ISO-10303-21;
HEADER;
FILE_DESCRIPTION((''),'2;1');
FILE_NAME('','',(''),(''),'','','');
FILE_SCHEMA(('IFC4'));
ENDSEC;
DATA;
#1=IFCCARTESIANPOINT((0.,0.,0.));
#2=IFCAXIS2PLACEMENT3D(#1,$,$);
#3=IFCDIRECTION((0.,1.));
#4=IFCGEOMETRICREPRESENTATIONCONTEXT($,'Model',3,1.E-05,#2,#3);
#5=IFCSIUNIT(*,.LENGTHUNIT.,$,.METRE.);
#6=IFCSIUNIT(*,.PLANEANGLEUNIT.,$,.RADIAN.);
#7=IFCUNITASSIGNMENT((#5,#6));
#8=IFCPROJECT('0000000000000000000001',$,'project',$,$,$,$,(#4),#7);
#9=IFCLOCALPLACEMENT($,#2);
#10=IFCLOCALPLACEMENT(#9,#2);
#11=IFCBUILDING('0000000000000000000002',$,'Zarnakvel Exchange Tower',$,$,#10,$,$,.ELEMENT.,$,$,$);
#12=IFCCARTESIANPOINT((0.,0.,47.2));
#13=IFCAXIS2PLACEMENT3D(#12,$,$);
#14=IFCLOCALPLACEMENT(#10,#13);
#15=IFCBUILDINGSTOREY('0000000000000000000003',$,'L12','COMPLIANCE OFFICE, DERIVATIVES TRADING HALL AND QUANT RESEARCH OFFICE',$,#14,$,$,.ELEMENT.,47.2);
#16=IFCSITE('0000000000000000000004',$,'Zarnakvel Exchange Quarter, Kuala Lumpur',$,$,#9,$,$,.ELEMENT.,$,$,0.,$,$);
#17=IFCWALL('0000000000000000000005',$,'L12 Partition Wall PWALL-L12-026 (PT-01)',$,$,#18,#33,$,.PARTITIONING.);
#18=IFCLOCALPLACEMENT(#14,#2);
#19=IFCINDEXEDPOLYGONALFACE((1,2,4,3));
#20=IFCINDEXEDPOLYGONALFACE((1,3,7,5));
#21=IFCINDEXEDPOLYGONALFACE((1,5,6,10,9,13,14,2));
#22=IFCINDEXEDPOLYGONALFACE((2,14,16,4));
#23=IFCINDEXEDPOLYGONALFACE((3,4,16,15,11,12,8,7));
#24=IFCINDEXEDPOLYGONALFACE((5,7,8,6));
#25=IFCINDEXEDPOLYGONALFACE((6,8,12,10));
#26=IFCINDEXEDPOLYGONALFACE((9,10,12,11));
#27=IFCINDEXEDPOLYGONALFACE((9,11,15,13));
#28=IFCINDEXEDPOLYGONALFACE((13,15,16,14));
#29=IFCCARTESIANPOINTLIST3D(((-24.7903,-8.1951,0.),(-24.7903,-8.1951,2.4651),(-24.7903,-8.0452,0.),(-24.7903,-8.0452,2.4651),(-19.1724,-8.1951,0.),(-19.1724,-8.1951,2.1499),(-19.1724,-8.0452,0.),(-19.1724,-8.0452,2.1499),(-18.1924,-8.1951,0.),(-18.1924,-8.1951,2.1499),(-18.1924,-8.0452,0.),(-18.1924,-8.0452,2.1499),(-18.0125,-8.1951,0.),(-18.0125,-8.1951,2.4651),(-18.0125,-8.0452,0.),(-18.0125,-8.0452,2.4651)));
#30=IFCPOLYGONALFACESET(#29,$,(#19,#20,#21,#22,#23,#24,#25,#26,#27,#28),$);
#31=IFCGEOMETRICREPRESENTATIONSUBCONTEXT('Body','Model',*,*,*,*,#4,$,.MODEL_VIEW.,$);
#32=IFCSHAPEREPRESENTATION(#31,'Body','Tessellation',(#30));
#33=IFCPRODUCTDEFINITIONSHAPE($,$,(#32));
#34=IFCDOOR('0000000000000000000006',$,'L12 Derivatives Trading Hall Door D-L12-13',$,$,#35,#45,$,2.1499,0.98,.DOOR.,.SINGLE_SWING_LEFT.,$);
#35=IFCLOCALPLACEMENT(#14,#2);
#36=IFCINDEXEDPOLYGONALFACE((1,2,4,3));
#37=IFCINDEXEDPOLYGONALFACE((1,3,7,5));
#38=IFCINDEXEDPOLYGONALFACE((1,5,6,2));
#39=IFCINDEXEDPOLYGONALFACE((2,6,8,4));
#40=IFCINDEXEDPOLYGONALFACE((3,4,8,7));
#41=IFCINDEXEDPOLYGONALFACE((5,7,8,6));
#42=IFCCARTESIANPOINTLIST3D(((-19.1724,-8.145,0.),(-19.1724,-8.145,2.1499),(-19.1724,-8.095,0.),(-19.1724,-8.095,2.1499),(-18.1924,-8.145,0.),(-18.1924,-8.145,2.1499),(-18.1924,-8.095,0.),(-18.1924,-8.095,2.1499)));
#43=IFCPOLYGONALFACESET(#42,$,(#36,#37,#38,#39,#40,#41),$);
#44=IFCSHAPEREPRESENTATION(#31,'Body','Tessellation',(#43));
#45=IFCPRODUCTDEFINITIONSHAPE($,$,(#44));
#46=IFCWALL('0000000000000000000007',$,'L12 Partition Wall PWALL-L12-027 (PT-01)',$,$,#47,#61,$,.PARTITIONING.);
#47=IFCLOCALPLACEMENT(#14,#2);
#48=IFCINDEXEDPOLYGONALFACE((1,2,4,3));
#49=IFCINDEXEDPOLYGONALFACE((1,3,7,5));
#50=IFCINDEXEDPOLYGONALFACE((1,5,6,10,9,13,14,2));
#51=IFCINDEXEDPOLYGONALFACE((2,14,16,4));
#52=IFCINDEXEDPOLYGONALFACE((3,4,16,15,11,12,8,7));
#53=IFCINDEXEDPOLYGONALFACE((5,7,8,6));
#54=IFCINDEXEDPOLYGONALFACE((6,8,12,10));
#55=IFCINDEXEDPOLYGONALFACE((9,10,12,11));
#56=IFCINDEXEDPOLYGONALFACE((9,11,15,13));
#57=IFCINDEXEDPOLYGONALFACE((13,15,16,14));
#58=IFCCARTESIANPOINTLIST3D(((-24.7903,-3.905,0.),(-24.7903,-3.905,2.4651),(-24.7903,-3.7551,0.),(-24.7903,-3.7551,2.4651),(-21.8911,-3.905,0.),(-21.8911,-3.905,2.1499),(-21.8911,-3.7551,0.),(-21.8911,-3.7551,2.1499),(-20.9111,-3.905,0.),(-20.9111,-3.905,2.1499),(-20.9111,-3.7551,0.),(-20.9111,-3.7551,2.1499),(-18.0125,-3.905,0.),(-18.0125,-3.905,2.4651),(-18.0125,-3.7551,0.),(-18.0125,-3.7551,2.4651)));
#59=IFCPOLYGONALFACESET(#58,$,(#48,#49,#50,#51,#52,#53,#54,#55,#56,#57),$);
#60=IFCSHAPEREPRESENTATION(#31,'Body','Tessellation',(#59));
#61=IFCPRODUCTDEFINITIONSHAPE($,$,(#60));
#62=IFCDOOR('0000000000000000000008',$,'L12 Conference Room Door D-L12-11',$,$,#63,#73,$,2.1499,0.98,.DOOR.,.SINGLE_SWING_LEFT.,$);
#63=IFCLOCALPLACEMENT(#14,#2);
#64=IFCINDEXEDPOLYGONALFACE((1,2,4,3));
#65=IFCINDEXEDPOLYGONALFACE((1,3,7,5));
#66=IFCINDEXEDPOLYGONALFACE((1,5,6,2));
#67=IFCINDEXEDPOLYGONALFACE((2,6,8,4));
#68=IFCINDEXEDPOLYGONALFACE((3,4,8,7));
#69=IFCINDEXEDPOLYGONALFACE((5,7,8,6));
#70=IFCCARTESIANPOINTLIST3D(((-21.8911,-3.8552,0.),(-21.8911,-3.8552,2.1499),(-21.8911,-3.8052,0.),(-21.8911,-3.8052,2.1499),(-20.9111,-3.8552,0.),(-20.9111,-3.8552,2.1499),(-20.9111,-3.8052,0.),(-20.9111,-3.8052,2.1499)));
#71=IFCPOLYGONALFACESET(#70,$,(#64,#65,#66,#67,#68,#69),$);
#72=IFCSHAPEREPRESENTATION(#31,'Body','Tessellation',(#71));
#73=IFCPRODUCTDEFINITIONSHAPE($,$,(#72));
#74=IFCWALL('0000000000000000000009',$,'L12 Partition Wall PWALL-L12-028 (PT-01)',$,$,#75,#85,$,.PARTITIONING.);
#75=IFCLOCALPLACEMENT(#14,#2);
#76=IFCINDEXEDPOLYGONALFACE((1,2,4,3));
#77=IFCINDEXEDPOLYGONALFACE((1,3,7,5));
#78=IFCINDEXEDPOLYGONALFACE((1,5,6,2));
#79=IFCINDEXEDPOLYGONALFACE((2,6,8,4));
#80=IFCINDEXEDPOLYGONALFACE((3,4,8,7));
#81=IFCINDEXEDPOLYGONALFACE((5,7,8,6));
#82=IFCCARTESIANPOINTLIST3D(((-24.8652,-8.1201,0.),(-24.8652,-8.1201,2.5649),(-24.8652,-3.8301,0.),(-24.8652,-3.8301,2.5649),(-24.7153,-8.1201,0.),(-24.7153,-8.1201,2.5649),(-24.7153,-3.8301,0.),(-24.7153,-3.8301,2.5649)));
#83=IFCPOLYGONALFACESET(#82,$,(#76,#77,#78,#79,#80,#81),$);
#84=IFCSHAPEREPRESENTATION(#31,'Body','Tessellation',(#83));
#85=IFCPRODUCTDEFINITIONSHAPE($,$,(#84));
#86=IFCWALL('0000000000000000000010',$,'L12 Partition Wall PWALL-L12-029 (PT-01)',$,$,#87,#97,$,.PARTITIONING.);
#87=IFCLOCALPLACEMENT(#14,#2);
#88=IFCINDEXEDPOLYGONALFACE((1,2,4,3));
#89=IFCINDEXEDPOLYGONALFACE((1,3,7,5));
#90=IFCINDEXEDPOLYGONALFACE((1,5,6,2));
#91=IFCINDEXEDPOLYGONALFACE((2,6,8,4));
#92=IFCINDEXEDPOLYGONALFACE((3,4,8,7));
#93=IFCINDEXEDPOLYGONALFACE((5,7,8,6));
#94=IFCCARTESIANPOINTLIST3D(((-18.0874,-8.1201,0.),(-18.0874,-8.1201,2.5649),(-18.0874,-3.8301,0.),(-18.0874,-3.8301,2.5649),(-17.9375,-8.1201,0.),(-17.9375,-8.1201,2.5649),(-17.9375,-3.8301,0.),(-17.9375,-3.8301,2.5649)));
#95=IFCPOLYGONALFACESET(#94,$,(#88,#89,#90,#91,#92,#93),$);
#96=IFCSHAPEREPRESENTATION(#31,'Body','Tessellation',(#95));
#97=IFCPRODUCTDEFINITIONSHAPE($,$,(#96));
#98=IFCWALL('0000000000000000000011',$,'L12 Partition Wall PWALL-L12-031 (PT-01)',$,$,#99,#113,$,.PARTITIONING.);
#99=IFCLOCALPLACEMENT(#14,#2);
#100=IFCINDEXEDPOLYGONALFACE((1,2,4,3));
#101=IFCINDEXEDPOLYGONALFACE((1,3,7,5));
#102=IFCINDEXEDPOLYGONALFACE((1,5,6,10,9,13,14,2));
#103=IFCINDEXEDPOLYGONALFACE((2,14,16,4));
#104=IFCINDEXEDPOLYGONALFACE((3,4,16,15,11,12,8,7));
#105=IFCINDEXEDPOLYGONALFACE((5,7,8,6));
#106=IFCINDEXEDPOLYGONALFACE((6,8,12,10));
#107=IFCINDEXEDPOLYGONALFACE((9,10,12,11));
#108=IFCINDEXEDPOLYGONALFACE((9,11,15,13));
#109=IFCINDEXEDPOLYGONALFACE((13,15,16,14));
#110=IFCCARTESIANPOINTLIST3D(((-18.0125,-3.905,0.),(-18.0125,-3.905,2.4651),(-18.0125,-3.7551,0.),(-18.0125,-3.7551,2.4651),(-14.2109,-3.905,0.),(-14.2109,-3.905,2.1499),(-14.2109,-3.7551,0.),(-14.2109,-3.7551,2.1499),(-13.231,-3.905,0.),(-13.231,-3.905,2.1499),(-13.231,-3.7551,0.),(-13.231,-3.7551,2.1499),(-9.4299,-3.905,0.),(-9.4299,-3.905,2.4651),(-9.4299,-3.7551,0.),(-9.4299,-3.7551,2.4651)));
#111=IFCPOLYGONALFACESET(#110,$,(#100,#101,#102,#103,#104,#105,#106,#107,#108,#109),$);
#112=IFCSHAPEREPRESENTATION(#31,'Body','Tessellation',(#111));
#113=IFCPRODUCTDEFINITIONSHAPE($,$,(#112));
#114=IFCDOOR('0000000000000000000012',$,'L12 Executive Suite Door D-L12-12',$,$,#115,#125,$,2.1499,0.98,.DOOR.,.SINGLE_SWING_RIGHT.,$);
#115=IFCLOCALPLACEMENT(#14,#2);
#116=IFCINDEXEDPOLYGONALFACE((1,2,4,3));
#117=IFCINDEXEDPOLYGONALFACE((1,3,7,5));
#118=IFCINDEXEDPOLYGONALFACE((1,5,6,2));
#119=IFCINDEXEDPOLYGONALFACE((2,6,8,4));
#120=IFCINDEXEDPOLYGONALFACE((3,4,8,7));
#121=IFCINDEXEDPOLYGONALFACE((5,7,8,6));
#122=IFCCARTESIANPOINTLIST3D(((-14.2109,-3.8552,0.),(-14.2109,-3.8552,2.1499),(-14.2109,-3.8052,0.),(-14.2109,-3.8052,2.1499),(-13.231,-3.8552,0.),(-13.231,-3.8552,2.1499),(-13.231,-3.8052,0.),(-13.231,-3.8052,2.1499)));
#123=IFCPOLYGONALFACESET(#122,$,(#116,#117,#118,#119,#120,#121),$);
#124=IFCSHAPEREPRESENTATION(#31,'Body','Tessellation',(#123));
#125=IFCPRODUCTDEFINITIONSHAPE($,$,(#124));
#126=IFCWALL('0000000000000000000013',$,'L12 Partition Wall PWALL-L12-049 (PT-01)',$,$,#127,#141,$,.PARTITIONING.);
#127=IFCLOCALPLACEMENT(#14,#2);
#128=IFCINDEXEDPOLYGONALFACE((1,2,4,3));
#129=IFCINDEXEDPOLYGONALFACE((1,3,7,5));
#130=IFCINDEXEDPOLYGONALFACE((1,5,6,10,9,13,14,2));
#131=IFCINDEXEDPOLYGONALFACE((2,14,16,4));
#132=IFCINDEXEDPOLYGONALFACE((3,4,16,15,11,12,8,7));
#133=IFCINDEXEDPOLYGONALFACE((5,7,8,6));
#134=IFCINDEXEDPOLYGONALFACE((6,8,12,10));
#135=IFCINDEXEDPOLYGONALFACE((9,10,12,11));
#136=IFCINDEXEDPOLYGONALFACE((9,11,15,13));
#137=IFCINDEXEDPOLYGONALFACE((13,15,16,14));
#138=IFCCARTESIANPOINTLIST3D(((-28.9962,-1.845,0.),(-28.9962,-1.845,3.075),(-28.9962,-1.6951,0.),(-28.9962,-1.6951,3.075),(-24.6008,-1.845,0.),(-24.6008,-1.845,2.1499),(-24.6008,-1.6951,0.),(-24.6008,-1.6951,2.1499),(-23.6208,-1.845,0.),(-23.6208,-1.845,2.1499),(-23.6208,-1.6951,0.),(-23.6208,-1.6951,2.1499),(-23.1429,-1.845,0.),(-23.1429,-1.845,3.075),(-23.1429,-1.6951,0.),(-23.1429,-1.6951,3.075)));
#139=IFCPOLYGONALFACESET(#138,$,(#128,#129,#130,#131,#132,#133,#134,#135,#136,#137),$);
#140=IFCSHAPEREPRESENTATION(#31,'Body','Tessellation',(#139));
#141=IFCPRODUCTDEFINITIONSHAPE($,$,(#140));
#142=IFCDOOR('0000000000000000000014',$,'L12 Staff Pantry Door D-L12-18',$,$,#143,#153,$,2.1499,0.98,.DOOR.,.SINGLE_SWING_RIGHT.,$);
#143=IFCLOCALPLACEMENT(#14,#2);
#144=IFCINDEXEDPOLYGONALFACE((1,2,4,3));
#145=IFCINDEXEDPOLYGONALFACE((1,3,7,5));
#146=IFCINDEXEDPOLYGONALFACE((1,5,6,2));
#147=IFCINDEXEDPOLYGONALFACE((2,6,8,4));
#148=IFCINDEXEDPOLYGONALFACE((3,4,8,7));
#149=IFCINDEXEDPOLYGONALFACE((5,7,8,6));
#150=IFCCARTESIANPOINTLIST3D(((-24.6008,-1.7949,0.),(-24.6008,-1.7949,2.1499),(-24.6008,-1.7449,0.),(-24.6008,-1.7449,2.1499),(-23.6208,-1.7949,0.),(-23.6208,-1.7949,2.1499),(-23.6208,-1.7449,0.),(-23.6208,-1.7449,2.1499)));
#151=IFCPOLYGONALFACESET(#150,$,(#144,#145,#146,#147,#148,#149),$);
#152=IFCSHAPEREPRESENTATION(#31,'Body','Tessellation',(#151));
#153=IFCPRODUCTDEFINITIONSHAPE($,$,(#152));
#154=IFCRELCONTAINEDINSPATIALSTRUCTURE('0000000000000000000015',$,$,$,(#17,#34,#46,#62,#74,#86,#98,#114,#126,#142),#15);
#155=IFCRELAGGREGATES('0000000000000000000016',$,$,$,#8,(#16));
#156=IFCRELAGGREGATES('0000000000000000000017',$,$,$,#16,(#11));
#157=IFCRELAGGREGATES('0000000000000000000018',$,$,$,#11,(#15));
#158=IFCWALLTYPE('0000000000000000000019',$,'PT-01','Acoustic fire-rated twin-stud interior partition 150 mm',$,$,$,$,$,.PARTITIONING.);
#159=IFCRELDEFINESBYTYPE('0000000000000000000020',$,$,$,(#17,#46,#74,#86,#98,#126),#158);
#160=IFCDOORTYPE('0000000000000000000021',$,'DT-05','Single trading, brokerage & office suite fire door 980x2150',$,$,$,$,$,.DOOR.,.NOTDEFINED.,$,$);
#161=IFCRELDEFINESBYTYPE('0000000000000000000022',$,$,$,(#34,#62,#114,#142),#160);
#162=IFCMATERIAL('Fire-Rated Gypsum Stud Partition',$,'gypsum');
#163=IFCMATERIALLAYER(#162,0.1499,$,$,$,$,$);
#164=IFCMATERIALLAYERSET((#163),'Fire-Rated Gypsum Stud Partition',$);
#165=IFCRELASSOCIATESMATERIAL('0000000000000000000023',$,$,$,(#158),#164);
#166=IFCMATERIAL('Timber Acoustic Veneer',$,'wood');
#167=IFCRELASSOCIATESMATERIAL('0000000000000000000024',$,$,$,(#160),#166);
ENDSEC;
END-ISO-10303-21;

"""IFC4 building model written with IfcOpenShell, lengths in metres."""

from ifc_helpers import new_model, si_unit, direction, frame, frame_2d, origin, place, context, subcontext, project, spatial, rectangle, extrude, source, transform, mapped, material, layer, layer_set, type_object, element, fill, save


model = new_model("IFC4")

# Units and contexts
model_context = context("Model", 3, precision=1e-05, world=origin(), true_north=direction((0.0, 1.0)))
body_context = subcontext(model_context, "Body", "Model", "MODEL_VIEW")
ifc_project = project(units=[si_unit("LENGTHUNIT", "METRE"), si_unit("PLANEANGLEUNIT", "RADIAN")], contexts=[model_context])

# Site, building, storey
site_placement = place(None, origin())
site = spatial("IfcSite", under=ifc_project, at=site_placement, Name="Zarnakvel Exchange Quarter, Kuala Lumpur", CompositionType="ELEMENT", RefElevation=0.0)
building_placement = place(site_placement, origin())
building = spatial("IfcBuilding", under=site, at=building_placement, Name="Zarnakvel Exchange Tower", CompositionType="ELEMENT")
storey_placement = place(building_placement, frame((0.0, 0.0, 47.2)))
storey = spatial("IfcBuildingStorey", under=building, at=storey_placement, Name="L12", Description="COMPLIANCE OFFICE, DERIVATIVES TRADING HALL AND QUANT RESEARCH OFFICE", CompositionType="ELEMENT", Elevation=47.2)

# Walls, openings, doors
ifc_material_1 = material(Name="Fire-Rated Gypsum Stud Partition", Category="gypsum")
ifc_layer = layer(ifc_material_1, 0.1499)
ifc_layer_set = layer_set([ifc_layer], Name="Fire-Rated Gypsum Stud Partition")
wall_type = type_object("IfcWallType", Name="PT-01", Description="Acoustic fire-rated twin-stud interior partition 150 mm", PredefinedType="PARTITIONING", material=ifc_layer_set)
wall_1_placement = place(storey_placement, frame((-18.0125, -8.1201, 0.0), z_axis=(0.0, 0.0, 1.0), x_axis=(-1.0, 0.0, 0.0)))
wall_1 = element("IfcWall", 1, at=wall_1_placement, inside=storey, type_object=wall_type, Name="L12 Partition Wall PWALL-L12-026 (PT-01)", PredefinedType="PARTITIONING", context=body_context, shape_type="SweptSolid", body=[
    extrude(rectangle(XDim=6.7778, YDim=0.1499, at=frame_2d((3.3889, 0.0))), origin(), (0.0, 0.0, 1.0), 2.4651),
])
opening_1_placement = place(wall_1_placement, frame((0.1799, 0.0, 0.0)))
opening_1 = element("IfcOpeningElement", 2, at=opening_1_placement, cuts=wall_1, PredefinedType="OPENING", context=body_context, shape_type="SweptSolid", body=[
    extrude(rectangle(XDim=0.98, YDim=2.1499, at=frame_2d((0.49, 1.075))), frame((0.0, 0.085, 0.0), z_axis=(0.0, -1.0, 0.0), x_axis=(1.0, 0.0, 0.0)), (0.0, 0.0, 1.0), 0.1699),
])
ifc_material_2 = material(Name="Timber Acoustic Veneer", Category="wood")
door_type = type_object("IfcDoorType", Name="DT-05", Description="Single trading, brokerage & office suite fire door 980x2150", OperationType="NOTDEFINED", PredefinedType="DOOR", material=ifc_material_2)
shared_shape_1 = source(origin(), body_context, "Body", "SweptSolid", [
    extrude(rectangle(XDim=0.98, YDim=2.1499, at=frame_2d((0.49, 1.075))), frame((0.0, 0.0249, 0.0), z_axis=(0.0, -1.0, 0.0), x_axis=(1.0, 0.0, 0.0)), (0.0, 0.0, 1.0), 0.05),
])
door_1_placement = place(opening_1_placement, origin())
door_1 = element("IfcDoor", 3, at=door_1_placement, inside=storey, type_object=door_type, Name="L12 Derivatives Trading Hall Door D-L12-13", OperationType="SINGLE_SWING_LEFT", OverallHeight=2.1499, OverallWidth=0.98, PredefinedType="DOOR", context=body_context, shape_type="MappedRepresentation", body=[
    mapped(shared_shape_1, transform((0.0, 0.0, 0.0), x_axis=(1.0, 0.0, 0.0), y_axis=(0.0, 1.0, 0.0), z_axis=(0.0, 0.0, 1.0), scale=1.0)),
])
fill(opening_1, door_1)
wall_2_placement = place(storey_placement, frame((-24.7903, -3.8301, 0.0), z_axis=(0.0, 0.0, 1.0), x_axis=(1.0, 0.0, 0.0)))
wall_2 = element("IfcWall", 4, at=wall_2_placement, inside=storey, type_object=wall_type, Name="L12 Partition Wall PWALL-L12-027 (PT-01)", PredefinedType="PARTITIONING", context=body_context, shape_type="SweptSolid", body=[
    extrude(rectangle(XDim=6.7778, YDim=0.1499, at=frame_2d((3.3889, 0.0))), origin(), (0.0, 0.0, 1.0), 2.4651),
])
opening_2_placement = place(wall_2_placement, frame((2.8992, 0.0, 0.0)))
opening_2 = element("IfcOpeningElement", 5, at=opening_2_placement, cuts=wall_2, PredefinedType="OPENING", context=body_context, shape_type="SweptSolid", body=[
    extrude(rectangle(XDim=0.98, YDim=2.1499, at=frame_2d((0.49, 1.075))), frame((0.0, 0.085, 0.0), z_axis=(0.0, -1.0, 0.0), x_axis=(1.0, 0.0, 0.0)), (0.0, 0.0, 1.0), 0.1699),
])
door_2_placement = place(opening_2_placement, origin())
door_2 = element("IfcDoor", 6, at=door_2_placement, inside=storey, type_object=door_type, Name="L12 Conference Room Door D-L12-11", OperationType="SINGLE_SWING_LEFT", OverallHeight=2.1499, OverallWidth=0.98, PredefinedType="DOOR", context=body_context, shape_type="MappedRepresentation", body=[
    mapped(shared_shape_1, transform((0.0, 0.0, 0.0), x_axis=(1.0, 0.0, 0.0), y_axis=(0.0, 1.0, 0.0), z_axis=(0.0, 0.0, 1.0), scale=1.0)),
])
fill(opening_2, door_2)

# Walls
for number, where, z_axis, x_axis, name in (
    (7, (-24.7903, -8.1201, 0.0), (0.0, 0.0, 1.0), (0.0, 1.0, 0.0), "L12 Partition Wall PWALL-L12-028 (PT-01)"),
    (8, (-18.0125, -3.8301, 0.0), (0.0, 0.0, 1.0), (0.0, -1.0, 0.0), "L12 Partition Wall PWALL-L12-029 (PT-01)"),
):
    element("IfcWall", number, at=place(storey_placement, frame(where, z_axis=z_axis, x_axis=x_axis)), inside=storey, type_object=wall_type, Name=name, PredefinedType="PARTITIONING", context=body_context, shape_type="SweptSolid", body=[
        extrude(rectangle(XDim=4.29, YDim=0.1499, at=frame_2d((2.145, 0.0))), origin(), (0.0, 0.0, 1.0), 2.5649),
    ])

# Walls, openings, doors
wall_3_placement = place(storey_placement, frame((-18.0125, -3.8301, 0.0), z_axis=(0.0, 0.0, 1.0), x_axis=(1.0, 0.0, 0.0)))
wall_3 = element("IfcWall", 9, at=wall_3_placement, inside=storey, type_object=wall_type, Name="L12 Partition Wall PWALL-L12-031 (PT-01)", PredefinedType="PARTITIONING", context=body_context, shape_type="SweptSolid", body=[
    extrude(rectangle(XDim=8.5825, YDim=0.1499, at=frame_2d((4.2913, 0.0))), origin(), (0.0, 0.0, 1.0), 2.4651),
])
opening_3_placement = place(wall_3_placement, frame((3.8015, 0.0, 0.0)))
opening_3 = element("IfcOpeningElement", 10, at=opening_3_placement, cuts=wall_3, PredefinedType="OPENING", context=body_context, shape_type="SweptSolid", body=[
    extrude(rectangle(XDim=0.98, YDim=2.1499, at=frame_2d((0.49, 1.075))), frame((0.0, 0.085, 0.0), z_axis=(0.0, -1.0, 0.0), x_axis=(1.0, 0.0, 0.0)), (0.0, 0.0, 1.0), 0.1699),
])
door_3_placement = place(opening_3_placement, origin())
door_3 = element("IfcDoor", 11, at=door_3_placement, inside=storey, type_object=door_type, Name="L12 Executive Suite Door D-L12-12", OperationType="SINGLE_SWING_RIGHT", OverallHeight=2.1499, OverallWidth=0.98, PredefinedType="DOOR", context=body_context, shape_type="MappedRepresentation", body=[
    mapped(shared_shape_1, transform((0.0, 0.0, 0.0), x_axis=(1.0, 0.0, 0.0), y_axis=(0.0, 1.0, 0.0), z_axis=(0.0, 0.0, 1.0), scale=1.0)),
])
fill(opening_3, door_3)
wall_4_placement = place(storey_placement, frame((-23.1428, -1.77, 0.0), z_axis=(0.0, 0.0, 1.0), x_axis=(-1.0, 0.0, 0.0)))
wall_4 = element("IfcWall", 12, at=wall_4_placement, inside=storey, type_object=wall_type, Name="L12 Partition Wall PWALL-L12-049 (PT-01)", PredefinedType="PARTITIONING", context=body_context, shape_type="SweptSolid", body=[
    extrude(rectangle(XDim=5.8533, YDim=0.1499, at=frame_2d((2.9268, 0.0))), origin(), (0.0, 0.0, 1.0), 3.075),
])
opening_4_placement = place(wall_4_placement, frame((0.478, 0.0, 0.0)))
opening_4 = element("IfcOpeningElement", 13, at=opening_4_placement, cuts=wall_4, PredefinedType="OPENING", context=body_context, shape_type="SweptSolid", body=[
    extrude(rectangle(XDim=0.98, YDim=2.1499, at=frame_2d((0.49, 1.075))), frame((0.0, 0.085, 0.0), z_axis=(0.0, -1.0, 0.0), x_axis=(1.0, 0.0, 0.0)), (0.0, 0.0, 1.0), 0.1699),
])
door_4_placement = place(opening_4_placement, origin())
door_4 = element("IfcDoor", 14, at=door_4_placement, inside=storey, type_object=door_type, Name="L12 Staff Pantry Door D-L12-18", OperationType="SINGLE_SWING_RIGHT", OverallHeight=2.1499, OverallWidth=0.98, PredefinedType="DOOR", context=body_context, shape_type="MappedRepresentation", body=[
    mapped(shared_shape_1, transform((0.0, 0.0, 0.0), x_axis=(1.0, 0.0, 0.0), y_axis=(0.0, 1.0, 0.0), z_axis=(0.0, 0.0, 1.0), scale=1.0)),
])
fill(opening_4, door_4)

save(model, "model.ifc")
